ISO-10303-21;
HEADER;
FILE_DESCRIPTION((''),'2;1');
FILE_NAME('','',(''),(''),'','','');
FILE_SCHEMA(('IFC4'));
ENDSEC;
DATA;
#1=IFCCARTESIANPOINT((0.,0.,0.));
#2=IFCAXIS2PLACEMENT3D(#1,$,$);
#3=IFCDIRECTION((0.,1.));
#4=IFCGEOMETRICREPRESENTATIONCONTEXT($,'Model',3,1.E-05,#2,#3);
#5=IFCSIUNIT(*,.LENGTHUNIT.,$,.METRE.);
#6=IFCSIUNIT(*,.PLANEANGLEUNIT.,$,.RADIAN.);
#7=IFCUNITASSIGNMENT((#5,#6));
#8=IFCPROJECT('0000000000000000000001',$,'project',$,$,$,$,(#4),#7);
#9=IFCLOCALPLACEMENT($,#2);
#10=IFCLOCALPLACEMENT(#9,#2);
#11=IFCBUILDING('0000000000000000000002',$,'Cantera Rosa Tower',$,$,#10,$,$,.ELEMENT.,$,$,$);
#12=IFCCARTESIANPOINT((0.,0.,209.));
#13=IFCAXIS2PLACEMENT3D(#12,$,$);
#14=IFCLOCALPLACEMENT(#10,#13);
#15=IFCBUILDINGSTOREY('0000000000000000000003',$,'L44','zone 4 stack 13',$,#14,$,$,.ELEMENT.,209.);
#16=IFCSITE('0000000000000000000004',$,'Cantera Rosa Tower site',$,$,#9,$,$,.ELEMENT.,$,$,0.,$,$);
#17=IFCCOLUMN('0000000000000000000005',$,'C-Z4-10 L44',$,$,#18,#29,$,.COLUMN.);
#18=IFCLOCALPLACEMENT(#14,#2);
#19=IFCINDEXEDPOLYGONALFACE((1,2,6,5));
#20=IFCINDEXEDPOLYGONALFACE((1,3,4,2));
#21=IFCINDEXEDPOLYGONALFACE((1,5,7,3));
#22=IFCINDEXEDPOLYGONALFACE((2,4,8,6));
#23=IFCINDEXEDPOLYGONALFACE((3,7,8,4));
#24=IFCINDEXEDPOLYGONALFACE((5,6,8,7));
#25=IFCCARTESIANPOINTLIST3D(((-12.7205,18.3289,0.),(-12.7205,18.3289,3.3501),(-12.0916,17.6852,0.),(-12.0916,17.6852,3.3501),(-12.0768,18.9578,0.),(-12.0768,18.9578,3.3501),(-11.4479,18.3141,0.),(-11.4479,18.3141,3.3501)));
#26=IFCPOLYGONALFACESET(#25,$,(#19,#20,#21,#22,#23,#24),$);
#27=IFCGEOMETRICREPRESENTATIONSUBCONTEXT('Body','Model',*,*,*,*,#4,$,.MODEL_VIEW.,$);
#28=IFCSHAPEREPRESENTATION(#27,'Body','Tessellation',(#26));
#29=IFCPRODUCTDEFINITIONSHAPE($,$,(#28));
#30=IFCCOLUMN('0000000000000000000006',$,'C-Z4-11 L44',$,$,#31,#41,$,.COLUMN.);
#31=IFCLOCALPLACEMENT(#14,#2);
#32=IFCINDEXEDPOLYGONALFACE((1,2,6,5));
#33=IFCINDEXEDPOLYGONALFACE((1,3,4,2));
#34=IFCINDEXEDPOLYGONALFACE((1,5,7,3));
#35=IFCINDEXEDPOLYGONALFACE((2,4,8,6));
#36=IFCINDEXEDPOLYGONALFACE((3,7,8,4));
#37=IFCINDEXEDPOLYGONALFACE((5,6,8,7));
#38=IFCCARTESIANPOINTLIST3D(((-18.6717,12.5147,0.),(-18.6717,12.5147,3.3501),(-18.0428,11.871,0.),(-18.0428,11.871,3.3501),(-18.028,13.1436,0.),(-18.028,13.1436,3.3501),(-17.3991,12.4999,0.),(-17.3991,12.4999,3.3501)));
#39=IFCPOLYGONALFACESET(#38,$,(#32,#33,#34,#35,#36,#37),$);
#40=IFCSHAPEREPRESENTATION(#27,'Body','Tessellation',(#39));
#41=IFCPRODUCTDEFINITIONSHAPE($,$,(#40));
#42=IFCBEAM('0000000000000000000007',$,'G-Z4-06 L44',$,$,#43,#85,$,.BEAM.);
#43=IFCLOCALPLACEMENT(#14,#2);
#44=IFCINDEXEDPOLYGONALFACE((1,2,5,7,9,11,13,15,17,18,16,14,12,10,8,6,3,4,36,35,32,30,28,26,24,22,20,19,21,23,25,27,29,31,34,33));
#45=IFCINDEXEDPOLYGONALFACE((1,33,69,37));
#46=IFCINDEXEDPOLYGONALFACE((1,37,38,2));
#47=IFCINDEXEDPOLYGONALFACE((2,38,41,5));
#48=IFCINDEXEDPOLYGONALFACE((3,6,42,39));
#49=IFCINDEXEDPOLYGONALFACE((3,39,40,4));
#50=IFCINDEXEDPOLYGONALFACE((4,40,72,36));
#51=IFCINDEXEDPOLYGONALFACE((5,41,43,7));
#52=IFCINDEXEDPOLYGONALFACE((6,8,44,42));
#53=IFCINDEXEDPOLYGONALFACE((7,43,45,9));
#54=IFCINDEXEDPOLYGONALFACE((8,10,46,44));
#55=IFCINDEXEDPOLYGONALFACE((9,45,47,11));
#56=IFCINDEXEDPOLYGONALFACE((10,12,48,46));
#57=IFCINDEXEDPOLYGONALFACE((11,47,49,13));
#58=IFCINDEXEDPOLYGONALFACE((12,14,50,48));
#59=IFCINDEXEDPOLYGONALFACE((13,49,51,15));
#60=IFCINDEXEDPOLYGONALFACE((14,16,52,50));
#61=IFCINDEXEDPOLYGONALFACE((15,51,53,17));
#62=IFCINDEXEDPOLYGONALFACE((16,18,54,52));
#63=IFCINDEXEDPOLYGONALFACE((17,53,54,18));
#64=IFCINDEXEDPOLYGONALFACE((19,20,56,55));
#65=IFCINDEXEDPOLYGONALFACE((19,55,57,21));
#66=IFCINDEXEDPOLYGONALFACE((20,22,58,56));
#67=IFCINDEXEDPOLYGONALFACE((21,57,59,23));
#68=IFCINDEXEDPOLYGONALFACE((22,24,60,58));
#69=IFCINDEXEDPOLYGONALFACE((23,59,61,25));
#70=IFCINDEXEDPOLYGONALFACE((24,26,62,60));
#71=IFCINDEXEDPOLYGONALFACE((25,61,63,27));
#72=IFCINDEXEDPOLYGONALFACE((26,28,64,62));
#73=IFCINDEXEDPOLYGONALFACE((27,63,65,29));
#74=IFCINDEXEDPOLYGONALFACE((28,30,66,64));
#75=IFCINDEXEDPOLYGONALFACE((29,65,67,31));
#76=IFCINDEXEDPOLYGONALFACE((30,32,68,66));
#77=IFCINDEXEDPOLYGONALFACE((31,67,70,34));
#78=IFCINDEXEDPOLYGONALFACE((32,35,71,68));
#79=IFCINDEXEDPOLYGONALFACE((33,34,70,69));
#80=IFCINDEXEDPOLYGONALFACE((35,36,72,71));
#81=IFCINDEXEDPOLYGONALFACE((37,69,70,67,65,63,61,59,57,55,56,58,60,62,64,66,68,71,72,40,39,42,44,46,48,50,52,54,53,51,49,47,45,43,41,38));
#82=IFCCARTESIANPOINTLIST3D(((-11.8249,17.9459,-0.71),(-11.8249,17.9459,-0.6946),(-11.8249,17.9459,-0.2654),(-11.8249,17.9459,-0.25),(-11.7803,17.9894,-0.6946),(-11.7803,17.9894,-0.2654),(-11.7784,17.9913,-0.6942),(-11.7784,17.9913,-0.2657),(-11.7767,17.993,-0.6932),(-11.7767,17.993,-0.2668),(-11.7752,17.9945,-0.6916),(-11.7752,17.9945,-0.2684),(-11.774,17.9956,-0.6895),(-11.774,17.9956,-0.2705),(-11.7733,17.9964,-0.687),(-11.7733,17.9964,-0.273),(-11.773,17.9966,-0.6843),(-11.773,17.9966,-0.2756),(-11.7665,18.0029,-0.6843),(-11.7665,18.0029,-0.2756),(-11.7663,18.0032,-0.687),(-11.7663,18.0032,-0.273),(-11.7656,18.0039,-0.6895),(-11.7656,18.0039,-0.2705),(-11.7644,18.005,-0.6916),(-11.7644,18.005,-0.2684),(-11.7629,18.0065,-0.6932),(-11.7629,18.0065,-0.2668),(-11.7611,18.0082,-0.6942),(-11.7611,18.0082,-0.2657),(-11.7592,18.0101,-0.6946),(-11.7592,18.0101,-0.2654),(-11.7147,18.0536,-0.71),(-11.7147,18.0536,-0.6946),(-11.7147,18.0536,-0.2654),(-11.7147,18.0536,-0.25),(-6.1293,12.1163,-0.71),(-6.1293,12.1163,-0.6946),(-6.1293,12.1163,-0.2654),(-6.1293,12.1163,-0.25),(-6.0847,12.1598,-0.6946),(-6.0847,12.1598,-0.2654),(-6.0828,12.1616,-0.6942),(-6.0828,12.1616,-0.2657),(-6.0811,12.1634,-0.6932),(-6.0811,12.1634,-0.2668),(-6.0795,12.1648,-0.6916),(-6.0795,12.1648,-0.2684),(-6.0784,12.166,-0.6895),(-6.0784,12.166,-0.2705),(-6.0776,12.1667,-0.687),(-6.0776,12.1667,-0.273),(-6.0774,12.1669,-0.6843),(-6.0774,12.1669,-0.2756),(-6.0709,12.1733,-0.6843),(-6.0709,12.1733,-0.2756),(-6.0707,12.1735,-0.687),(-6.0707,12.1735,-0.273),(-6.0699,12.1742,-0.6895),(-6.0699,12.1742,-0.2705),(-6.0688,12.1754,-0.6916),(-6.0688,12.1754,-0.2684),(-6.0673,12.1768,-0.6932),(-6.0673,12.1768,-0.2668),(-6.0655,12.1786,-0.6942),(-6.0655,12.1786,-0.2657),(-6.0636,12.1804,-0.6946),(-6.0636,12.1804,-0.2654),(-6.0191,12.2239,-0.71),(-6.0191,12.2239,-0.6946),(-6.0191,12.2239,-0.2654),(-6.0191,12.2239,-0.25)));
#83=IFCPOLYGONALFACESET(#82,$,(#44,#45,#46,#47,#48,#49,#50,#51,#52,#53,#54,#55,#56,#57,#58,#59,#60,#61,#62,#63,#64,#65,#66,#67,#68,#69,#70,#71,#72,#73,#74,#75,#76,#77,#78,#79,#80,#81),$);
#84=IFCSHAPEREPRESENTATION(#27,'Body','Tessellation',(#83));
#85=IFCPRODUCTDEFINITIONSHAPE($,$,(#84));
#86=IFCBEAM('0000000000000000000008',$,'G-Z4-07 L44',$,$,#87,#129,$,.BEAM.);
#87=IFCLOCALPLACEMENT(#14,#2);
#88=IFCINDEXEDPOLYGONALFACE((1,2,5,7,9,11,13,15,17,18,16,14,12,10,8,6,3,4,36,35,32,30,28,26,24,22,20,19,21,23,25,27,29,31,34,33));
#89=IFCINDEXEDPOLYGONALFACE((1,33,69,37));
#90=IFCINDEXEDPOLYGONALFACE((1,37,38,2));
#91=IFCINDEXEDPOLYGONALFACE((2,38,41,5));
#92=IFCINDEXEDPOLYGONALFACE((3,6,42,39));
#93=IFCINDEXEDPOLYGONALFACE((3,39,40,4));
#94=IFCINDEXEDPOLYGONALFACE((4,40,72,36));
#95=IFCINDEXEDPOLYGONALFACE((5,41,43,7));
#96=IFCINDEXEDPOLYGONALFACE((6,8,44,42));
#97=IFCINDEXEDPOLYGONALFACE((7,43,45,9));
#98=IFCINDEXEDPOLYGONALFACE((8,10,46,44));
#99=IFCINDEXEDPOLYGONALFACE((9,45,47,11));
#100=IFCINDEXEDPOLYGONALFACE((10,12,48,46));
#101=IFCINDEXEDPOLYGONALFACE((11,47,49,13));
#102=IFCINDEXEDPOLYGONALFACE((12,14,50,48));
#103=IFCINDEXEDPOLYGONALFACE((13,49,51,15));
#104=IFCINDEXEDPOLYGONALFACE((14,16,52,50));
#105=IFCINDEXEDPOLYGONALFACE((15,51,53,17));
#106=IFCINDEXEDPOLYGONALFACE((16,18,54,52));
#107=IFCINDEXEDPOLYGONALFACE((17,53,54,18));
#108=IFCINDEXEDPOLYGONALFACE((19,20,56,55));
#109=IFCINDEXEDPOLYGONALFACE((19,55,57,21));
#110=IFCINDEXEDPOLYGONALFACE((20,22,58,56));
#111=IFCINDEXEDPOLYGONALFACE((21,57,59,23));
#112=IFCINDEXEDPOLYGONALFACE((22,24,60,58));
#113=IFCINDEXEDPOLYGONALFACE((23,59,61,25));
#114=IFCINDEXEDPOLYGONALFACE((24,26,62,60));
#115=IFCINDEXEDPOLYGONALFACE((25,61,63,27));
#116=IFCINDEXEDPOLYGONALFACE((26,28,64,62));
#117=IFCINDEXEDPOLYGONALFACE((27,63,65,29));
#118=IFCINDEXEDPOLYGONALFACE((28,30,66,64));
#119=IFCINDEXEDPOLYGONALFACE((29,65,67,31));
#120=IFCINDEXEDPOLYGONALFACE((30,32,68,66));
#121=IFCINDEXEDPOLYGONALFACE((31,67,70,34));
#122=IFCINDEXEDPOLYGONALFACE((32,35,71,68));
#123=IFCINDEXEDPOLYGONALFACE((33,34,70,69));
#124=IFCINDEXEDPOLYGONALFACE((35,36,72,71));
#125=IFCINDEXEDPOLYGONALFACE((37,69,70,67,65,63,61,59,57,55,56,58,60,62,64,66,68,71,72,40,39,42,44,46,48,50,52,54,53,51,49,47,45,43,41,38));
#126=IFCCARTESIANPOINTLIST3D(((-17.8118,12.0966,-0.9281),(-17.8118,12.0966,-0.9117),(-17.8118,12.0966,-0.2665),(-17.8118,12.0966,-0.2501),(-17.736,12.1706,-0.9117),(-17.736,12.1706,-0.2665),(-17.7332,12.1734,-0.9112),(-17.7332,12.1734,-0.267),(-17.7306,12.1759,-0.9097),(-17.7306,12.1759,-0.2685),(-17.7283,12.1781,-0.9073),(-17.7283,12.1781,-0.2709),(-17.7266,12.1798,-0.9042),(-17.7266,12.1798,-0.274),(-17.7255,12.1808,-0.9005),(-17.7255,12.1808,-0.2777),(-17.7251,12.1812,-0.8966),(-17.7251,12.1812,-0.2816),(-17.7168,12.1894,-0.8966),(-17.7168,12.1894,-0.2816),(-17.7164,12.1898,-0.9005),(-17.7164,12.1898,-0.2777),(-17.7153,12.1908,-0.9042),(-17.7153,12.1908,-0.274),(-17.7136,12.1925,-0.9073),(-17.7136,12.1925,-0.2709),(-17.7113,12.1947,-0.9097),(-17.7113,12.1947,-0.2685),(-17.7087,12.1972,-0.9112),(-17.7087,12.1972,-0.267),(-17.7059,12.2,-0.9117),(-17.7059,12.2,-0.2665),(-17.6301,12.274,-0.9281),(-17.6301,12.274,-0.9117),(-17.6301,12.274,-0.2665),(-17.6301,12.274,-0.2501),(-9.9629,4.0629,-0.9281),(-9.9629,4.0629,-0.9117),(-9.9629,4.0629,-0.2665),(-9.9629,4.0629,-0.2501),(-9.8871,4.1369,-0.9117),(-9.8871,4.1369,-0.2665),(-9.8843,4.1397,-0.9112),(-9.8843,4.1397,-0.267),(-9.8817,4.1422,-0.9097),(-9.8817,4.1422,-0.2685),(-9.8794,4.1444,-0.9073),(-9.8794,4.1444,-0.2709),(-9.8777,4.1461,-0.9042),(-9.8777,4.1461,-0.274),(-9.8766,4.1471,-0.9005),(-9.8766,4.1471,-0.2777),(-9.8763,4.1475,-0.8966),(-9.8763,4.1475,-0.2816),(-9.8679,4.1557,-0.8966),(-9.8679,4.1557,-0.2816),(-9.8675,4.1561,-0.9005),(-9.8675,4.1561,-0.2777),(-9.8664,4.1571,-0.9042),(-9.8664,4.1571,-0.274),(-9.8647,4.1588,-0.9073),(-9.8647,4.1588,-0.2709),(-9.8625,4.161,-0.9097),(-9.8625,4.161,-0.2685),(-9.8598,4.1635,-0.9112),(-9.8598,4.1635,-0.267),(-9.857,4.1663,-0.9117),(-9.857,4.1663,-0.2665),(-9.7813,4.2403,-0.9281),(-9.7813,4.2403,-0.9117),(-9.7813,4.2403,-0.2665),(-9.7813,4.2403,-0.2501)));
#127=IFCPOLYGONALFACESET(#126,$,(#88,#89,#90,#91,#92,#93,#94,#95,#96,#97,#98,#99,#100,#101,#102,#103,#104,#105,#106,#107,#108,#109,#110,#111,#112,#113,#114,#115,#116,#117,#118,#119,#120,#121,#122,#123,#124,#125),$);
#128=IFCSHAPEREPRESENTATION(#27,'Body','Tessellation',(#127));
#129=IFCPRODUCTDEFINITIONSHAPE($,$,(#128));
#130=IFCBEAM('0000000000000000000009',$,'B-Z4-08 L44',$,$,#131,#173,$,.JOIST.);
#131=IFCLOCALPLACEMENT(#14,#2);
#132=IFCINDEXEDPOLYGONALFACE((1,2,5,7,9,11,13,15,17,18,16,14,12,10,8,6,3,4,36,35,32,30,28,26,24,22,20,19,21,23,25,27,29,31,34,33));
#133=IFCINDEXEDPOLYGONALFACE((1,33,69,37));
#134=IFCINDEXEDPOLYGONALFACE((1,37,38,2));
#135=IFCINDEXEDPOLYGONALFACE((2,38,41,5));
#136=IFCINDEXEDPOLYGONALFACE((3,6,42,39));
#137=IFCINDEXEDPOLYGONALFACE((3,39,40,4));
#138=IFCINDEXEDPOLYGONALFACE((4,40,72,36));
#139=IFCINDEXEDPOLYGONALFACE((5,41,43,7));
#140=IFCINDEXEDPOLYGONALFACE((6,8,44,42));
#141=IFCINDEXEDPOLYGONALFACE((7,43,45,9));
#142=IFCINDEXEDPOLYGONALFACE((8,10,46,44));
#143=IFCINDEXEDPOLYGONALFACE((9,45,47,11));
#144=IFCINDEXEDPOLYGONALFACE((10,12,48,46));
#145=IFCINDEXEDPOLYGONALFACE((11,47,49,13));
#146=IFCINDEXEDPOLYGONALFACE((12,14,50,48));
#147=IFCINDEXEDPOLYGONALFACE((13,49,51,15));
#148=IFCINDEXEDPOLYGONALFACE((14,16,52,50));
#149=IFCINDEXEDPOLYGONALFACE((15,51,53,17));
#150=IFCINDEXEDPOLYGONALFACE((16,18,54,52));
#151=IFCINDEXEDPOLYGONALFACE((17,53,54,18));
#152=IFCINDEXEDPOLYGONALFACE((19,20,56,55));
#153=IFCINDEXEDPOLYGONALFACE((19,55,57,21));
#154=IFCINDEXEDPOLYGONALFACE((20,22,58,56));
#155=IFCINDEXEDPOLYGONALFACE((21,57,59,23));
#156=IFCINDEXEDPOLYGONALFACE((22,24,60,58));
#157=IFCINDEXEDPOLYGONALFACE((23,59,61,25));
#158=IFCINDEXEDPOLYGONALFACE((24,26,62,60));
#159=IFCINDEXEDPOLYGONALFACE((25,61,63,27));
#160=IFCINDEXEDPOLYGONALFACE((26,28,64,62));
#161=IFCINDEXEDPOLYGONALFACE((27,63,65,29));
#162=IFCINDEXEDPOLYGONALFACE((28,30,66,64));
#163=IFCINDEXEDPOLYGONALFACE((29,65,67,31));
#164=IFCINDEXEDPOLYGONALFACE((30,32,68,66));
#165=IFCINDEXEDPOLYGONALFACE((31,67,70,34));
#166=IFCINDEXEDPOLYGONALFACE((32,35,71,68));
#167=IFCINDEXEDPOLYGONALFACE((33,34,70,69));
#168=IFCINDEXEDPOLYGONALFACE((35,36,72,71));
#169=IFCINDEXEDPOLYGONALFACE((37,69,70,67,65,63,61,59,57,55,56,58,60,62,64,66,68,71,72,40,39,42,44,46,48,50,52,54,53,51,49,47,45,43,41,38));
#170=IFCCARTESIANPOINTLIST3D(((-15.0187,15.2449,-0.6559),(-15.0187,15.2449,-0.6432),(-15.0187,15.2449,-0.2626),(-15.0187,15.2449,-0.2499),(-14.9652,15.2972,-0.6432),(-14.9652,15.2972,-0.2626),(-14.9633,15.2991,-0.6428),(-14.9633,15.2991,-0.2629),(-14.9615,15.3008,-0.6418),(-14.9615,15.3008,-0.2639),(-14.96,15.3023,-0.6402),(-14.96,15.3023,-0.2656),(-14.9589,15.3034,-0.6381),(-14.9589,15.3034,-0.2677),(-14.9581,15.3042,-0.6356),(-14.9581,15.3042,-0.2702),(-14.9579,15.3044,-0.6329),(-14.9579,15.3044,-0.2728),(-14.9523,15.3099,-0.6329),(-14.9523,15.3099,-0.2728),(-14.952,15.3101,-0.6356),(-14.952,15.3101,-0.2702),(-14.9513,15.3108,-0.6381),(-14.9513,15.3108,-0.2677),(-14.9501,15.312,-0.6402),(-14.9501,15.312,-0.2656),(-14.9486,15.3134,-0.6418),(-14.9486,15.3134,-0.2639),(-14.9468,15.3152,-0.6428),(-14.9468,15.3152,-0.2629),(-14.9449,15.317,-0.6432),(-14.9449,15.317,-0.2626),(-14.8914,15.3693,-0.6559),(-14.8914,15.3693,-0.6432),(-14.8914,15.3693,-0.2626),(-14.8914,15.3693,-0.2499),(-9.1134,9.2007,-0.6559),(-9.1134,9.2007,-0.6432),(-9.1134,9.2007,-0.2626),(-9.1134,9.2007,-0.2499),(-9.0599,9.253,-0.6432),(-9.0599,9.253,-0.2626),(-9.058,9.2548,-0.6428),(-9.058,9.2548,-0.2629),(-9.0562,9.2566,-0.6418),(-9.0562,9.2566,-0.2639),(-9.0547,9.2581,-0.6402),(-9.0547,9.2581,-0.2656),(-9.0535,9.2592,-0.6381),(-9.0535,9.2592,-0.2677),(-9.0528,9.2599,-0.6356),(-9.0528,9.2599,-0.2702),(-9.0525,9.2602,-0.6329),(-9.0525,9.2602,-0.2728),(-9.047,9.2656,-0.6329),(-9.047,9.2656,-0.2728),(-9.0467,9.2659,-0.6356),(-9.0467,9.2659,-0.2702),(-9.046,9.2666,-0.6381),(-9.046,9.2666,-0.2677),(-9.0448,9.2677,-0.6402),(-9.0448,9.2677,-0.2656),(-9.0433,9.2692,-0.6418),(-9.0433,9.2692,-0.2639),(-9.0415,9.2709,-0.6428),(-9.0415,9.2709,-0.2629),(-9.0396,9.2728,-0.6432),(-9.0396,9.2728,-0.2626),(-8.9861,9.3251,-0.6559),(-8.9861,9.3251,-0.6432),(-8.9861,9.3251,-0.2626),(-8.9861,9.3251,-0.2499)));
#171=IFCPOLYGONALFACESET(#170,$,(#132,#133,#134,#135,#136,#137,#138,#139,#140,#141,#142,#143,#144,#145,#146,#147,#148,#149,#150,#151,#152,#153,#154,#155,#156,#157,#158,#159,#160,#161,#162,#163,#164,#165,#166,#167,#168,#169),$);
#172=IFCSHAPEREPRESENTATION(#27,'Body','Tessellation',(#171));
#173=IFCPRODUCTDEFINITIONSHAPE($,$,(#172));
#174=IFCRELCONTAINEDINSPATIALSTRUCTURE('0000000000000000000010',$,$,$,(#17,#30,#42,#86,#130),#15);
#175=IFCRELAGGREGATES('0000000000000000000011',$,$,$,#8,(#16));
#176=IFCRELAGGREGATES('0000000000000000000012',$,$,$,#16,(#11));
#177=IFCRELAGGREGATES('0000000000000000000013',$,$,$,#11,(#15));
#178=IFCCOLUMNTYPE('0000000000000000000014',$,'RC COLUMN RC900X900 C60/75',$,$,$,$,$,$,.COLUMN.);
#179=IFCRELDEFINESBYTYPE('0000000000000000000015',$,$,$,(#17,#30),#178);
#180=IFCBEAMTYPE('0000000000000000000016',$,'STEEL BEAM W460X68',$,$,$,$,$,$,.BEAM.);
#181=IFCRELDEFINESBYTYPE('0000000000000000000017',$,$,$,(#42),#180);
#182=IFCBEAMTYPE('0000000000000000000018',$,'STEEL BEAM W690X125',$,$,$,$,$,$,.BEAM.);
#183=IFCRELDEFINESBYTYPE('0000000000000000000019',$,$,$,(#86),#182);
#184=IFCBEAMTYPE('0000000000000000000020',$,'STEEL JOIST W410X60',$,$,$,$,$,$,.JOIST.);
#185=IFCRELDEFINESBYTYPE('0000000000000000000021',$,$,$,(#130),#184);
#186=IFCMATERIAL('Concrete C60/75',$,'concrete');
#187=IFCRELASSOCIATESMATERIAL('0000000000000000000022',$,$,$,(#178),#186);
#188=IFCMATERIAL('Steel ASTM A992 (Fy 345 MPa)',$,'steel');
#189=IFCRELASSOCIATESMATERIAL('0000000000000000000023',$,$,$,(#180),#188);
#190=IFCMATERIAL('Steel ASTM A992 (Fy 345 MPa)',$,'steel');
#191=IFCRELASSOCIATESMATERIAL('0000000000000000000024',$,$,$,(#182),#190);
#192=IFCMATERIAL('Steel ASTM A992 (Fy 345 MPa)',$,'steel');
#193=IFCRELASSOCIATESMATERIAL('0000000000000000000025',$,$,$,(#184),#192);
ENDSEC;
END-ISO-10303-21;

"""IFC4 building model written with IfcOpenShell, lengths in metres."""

from ifc_helpers import new_model, si_unit, direction, frame, origin, origin_2d, place, context, subcontext, project, spatial, rectangle, i_section, extrude, material, material_profile, profile_set, type_object, element, save


model = new_model("IFC4")

# Units and contexts
model_context = context("Model", 3, precision=1e-05, world=origin(), true_north=direction((0.0, 1.0)))
body_context = subcontext(model_context, "Body", "Model", "MODEL_VIEW")
ifc_project = project(units=[si_unit("LENGTHUNIT", "METRE"), si_unit("PLANEANGLEUNIT", "RADIAN")], contexts=[model_context])

# Site, building, storey
site_placement = place(None, origin())
site = spatial("IfcSite", under=ifc_project, at=site_placement, Name="Cantera Rosa Tower site", CompositionType="ELEMENT", RefElevation=0.0)
building_placement = place(site_placement, origin())
building = spatial("IfcBuilding", under=site, at=building_placement, Name="Cantera Rosa Tower", CompositionType="ELEMENT")
storey_placement = place(building_placement, frame((0.0, 0.0, 209.0)))
storey = spatial("IfcBuildingStorey", under=building, at=storey_placement, Name="L44", Description="zone 4 stack 13", CompositionType="ELEMENT", Elevation=209.0)

# Columns
ifc_material_1 = material(Name="Concrete C60/75", Category="concrete")
ifc_material_profile_1 = material_profile(ifc_material_1, rectangle(XDim=0.8999, YDim=0.8999, at=origin_2d()), Name="RC COLUMN RC900X900 C60/75")
ifc_profile_set_1 = profile_set([ifc_material_profile_1], Name="Concrete C60/75")
column_type = type_object("IfcColumnType", Name="RC COLUMN RC900X900 C60/75", PredefinedType="COLUMN", material=ifc_profile_set_1)
for number, where, z_axis, x_axis, name in (
    (1, (-12.0842, 18.3215, 0.0), (0.0, 0.0, 1.0), (0.715286, 0.698832, 0.0), "C-Z4-10 L44"),
    (2, (-18.0354, 12.5073, 0.0), (0.0, 0.0, 1.0), (0.715286, 0.698832, 0.0), "C-Z4-11 L44"),
):
    element("IfcColumn", number, at=place(storey_placement, frame(where, z_axis=z_axis, x_axis=x_axis)), inside=storey, type_object=column_type, Name=name, PredefinedType="COLUMN", context=body_context, shape_type="SweptSolid", body=[
        extrude(rectangle(XDim=0.8999, YDim=0.8999, at=origin_2d()), origin(), (0.0, 0.0, 1.0), 3.3501),
    ])

# Beams
ifc_material_2 = material(Name="Steel ASTM A992 (Fy 345 MPa)", Category="steel")
ifc_material_profile_2 = material_profile(ifc_material_2, i_section(OverallWidth=0.1541, OverallDepth=0.46, WebThickness=0.009, FlangeThickness=0.0154, FilletRadius=0.0103, at=origin_2d()), Name="W460X68")
ifc_profile_set_2 = profile_set([ifc_material_profile_2], Name="Steel ASTM A992 (Fy 345 MPa)")
beam_type_1 = type_object("IfcBeamType", Name="STEEL BEAM W460X68", PredefinedType="BEAM", material=ifc_profile_set_2)
beam_1_placement = place(storey_placement, frame((-11.7698, 17.9998, -0.48), z_axis=(0.698836, -0.715282, 0.0), x_axis=(0.715282, 0.698836, 0.0)))
element("IfcBeam", 3, at=beam_1_placement, inside=storey, type_object=beam_type_1, Name="G-Z4-06 L44", PredefinedType="BEAM", context=body_context, shape_type="SweptSolid", body=[
    extrude(i_section(OverallWidth=0.1541, OverallDepth=0.46, WebThickness=0.009, FlangeThickness=0.0154, FilletRadius=0.0103, at=origin_2d()), origin(), (0.0, 0.0, 1.0), 8.1501),
])
ifc_material_3 = material(Name="Steel ASTM A992 (Fy 345 MPa)", Category="steel")
ifc_material_profile_3 = material_profile(ifc_material_3, i_section(OverallWidth=0.2539, OverallDepth=0.678, WebThickness=0.0117, FlangeThickness=0.0164, FilletRadius=0.0151, at=origin_2d()), Name="W690X125")
ifc_profile_set_3 = profile_set([ifc_material_profile_3], Name="Steel ASTM A992 (Fy 345 MPa)")
beam_type_2 = type_object("IfcBeamType", Name="STEEL BEAM W690X125", PredefinedType="BEAM", material=ifc_profile_set_3)
beam_2_placement = place(storey_placement, frame((-17.7209, 12.1853, -0.5891), z_axis=(0.698831, -0.715286, 0.0), x_axis=(0.715286, 0.698831, 0.0)))
element("IfcBeam", 4, at=beam_2_placement, inside=storey, type_object=beam_type_2, Name="G-Z4-07 L44", PredefinedType="BEAM", context=body_context, shape_type="SweptSolid", body=[
    extrude(i_section(OverallWidth=0.2539, OverallDepth=0.678, WebThickness=0.0117, FlangeThickness=0.0164, FilletRadius=0.0151, at=origin_2d()), origin(), (0.0, 0.0, 1.0), 11.2314),
])
ifc_material_4 = material(Name="Steel ASTM A992 (Fy 345 MPa)", Category="steel")
ifc_material_profile_4 = material_profile(ifc_material_4, i_section(OverallWidth=0.178, OverallDepth=0.406, WebThickness=0.0078, FlangeThickness=0.0127, FilletRadius=0.0103, at=origin_2d()), Name="W410X60")
ifc_profile_set_4 = profile_set([ifc_material_profile_4], Name="Steel ASTM A992 (Fy 345 MPa)")
beam_type_3 = type_object("IfcBeamType", Name="STEEL JOIST W410X60", PredefinedType="JOIST", material=ifc_profile_set_4)
beam_3_placement = place(storey_placement, frame((-14.9551, 15.3071, -0.4529), z_axis=(0.698839, -0.715279, 0.0), x_axis=(0.715279, 0.698839, 0.0)))
element("IfcBeam", 5, at=beam_3_placement, inside=storey, type_object=beam_type_3, Name="B-Z4-08 L44", PredefinedType="JOIST", context=body_context, shape_type="SweptSolid", body=[
    extrude(i_section(OverallWidth=0.178, OverallDepth=0.406, WebThickness=0.0078, FlangeThickness=0.0127, FilletRadius=0.0103, at=origin_2d()), origin(), (0.0, 0.0, 1.0), 8.4502),
])

save(model, "model.ifc")
